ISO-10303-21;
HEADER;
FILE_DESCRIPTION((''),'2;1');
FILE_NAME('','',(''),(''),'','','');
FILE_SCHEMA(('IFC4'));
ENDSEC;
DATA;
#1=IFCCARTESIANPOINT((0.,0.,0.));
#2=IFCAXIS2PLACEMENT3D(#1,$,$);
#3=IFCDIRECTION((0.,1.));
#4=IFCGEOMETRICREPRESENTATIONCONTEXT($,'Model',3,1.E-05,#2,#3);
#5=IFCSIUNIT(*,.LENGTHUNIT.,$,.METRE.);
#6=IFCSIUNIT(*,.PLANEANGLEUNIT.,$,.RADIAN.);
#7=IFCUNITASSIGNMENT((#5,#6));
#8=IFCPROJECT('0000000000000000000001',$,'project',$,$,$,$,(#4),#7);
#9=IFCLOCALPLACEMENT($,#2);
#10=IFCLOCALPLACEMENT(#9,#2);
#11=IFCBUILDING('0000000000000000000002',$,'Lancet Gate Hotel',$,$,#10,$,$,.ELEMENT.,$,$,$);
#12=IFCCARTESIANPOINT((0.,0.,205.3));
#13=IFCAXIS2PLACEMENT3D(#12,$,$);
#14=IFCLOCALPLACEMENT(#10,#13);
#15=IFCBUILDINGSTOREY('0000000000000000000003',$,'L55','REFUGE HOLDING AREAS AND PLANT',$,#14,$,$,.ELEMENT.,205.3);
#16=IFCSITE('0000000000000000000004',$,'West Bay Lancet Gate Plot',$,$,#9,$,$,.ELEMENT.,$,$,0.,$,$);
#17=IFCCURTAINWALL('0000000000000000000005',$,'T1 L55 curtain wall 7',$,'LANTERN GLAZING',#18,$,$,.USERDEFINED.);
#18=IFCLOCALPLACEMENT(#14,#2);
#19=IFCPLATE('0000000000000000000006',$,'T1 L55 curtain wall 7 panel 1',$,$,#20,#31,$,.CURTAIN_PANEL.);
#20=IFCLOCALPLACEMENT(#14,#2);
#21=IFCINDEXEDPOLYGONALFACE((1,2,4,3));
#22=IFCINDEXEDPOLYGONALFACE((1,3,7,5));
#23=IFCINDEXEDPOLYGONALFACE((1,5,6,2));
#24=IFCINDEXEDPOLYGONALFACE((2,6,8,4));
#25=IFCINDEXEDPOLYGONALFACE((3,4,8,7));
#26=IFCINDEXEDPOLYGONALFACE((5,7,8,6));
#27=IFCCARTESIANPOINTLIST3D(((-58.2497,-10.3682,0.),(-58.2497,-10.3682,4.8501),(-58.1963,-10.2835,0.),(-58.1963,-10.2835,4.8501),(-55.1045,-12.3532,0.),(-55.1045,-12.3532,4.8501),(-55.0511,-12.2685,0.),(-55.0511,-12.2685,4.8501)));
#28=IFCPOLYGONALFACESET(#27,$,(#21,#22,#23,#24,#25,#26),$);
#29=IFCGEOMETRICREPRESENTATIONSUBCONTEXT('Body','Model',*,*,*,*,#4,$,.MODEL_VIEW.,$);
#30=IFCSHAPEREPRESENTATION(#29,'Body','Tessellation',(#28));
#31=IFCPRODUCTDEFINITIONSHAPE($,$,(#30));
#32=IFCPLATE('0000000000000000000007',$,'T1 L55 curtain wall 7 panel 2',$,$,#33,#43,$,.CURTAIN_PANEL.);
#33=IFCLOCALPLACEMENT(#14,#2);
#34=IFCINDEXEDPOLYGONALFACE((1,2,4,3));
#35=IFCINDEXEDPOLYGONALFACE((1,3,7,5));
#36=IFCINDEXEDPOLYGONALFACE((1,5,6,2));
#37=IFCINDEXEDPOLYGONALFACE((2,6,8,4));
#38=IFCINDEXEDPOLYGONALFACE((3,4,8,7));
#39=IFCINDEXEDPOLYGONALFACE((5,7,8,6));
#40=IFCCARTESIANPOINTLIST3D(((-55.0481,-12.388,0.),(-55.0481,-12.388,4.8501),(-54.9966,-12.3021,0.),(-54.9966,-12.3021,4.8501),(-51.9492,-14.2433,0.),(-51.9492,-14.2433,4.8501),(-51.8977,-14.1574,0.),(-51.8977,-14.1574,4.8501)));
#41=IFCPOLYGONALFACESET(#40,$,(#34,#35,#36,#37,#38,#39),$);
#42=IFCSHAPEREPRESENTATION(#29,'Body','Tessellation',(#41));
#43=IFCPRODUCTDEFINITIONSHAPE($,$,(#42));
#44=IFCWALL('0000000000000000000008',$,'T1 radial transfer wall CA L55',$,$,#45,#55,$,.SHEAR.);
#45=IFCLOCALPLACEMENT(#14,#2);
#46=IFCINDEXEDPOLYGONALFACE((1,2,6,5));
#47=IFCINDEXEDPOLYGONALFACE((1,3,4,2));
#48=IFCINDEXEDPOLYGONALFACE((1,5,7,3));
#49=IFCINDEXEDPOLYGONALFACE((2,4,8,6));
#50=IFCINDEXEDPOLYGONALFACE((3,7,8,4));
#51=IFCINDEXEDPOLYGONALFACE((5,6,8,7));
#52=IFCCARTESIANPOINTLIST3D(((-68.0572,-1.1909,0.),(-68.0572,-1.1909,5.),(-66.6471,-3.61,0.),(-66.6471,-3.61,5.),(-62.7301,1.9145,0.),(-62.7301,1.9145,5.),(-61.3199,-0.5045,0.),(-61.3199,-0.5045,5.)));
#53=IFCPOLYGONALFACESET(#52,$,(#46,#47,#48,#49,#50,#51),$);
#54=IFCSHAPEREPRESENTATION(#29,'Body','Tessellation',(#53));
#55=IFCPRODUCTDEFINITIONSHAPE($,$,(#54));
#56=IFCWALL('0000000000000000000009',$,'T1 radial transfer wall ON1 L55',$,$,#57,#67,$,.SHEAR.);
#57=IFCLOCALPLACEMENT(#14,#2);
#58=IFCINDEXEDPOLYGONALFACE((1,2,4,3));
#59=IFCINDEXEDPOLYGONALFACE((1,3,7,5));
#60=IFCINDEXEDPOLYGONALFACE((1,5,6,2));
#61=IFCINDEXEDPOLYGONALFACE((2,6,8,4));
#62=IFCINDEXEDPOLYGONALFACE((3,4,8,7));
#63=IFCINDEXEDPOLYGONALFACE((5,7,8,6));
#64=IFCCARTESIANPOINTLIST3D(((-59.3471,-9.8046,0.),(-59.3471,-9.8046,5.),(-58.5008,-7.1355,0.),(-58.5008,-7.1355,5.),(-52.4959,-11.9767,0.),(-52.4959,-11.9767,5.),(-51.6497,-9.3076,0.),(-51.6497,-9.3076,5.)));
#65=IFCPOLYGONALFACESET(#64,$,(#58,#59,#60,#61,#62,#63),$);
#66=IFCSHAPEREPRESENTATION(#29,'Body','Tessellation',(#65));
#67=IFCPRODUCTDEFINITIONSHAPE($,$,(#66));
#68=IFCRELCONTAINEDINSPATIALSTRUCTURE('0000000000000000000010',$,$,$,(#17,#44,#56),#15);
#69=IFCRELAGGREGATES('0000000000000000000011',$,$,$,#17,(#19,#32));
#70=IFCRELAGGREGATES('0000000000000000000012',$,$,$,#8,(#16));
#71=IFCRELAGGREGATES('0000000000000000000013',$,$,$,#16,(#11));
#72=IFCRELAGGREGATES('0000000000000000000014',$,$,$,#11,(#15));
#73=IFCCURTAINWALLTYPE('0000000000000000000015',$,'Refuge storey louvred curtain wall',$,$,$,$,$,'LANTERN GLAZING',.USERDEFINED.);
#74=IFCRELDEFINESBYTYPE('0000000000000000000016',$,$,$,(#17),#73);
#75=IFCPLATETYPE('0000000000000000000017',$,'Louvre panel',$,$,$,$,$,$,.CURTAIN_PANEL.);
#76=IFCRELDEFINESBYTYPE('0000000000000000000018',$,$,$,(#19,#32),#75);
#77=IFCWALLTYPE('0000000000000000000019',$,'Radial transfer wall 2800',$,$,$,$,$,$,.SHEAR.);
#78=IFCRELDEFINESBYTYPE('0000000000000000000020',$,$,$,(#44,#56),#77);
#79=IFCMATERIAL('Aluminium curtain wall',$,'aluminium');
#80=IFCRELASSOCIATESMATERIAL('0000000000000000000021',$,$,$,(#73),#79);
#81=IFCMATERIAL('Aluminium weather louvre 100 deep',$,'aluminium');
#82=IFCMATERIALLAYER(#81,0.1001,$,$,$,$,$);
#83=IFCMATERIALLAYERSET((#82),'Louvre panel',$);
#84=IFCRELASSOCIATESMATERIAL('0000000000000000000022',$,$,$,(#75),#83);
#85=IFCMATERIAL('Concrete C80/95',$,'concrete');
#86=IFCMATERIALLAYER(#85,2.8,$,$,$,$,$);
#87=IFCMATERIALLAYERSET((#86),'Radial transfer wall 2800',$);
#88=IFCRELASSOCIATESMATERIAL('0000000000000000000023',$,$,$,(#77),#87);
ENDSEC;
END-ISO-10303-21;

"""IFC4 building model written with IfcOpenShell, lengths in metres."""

from ifc_helpers import new_model, si_unit, direction, frame, frame_2d, origin, origin_2d, place, context, subcontext, project, spatial, rectangle, extrude, material, layer, layer_set, type_object, element, aggregate, save


model = new_model("IFC4")

# Units and contexts
model_context = context("Model", 3, precision=1e-05, world=origin(), true_north=direction((0.0, 1.0)))
body_context = subcontext(model_context, "Body", "Model", "MODEL_VIEW")
ifc_project = project(units=[si_unit("LENGTHUNIT", "METRE"), si_unit("PLANEANGLEUNIT", "RADIAN")], contexts=[model_context])

# Site, building, storey
site_placement = place(None, origin())
site = spatial("IfcSite", under=ifc_project, at=site_placement, Name="West Bay Lancet Gate Plot", CompositionType="ELEMENT", RefElevation=0.0)
building_placement = place(site_placement, origin())
building = spatial("IfcBuilding", under=site, at=building_placement, Name="Lancet Gate Hotel", CompositionType="ELEMENT")
storey_placement = place(building_placement, frame((0.0, 0.0, 205.3)))
storey = spatial("IfcBuildingStorey", under=building, at=storey_placement, Name="L55", Description="REFUGE HOLDING AREAS AND PLANT", CompositionType="ELEMENT", Elevation=205.3)

# Curtain wall
ifc_material_1 = material(Name="Aluminium curtain wall", Category="aluminium")
curtain_wall_type = type_object("IfcCurtainWallType", Name="Refuge storey louvred curtain wall", ElementType="LANTERN GLAZING", PredefinedType="USERDEFINED", material=ifc_material_1)
curtain_wall_1_placement = place(storey_placement, origin())
curtain_wall_1 = element("IfcCurtainWall", 1, at=curtain_wall_1_placement, inside=storey, type_object=curtain_wall_type, Name="T1 L55 curtain wall 7", ObjectType="LANTERN GLAZING", PredefinedType="USERDEFINED")

# Plates
ifc_material_2 = material(Name="Aluminium weather louvre 100 deep", Category="aluminium")
ifc_layer_1 = layer(ifc_material_2, 0.1001)
ifc_layer_set_1 = layer_set([ifc_layer_1], Name="Louvre panel")
plate_type = type_object("IfcPlateType", Name="Louvre panel", PredefinedType="CURTAIN_PANEL", material=ifc_layer_set_1)
plate_1_placement = place(storey_placement, frame((-56.6504, -11.3184, 0.0), z_axis=(0.0, 0.0, 1.0), x_axis=(0.845667, -0.533711, 0.0)))
plate_1 = element("IfcPlate", 2, at=plate_1_placement, type_object=plate_type, Name="T1 L55 curtain wall 7 panel 1", PredefinedType="CURTAIN_PANEL", context=body_context, shape_type="SweptSolid", body=[
    extrude(rectangle(XDim=3.7192, YDim=0.1001, at=origin_2d()), origin(), (0.0, 0.0, 1.0), 4.8501),
])
plate_2_placement = place(storey_placement, frame((-53.4729, -13.2727, 0.0), z_axis=(0.0, 0.0, 1.0), x_axis=(0.857987, -0.513672, 0.0)))
plate_2 = element("IfcPlate", 3, at=plate_2_placement, type_object=plate_type, Name="T1 L55 curtain wall 7 panel 2", PredefinedType="CURTAIN_PANEL", context=body_context, shape_type="SweptSolid", body=[
    extrude(rectangle(XDim=3.6118, YDim=0.1001, at=origin_2d()), origin(), (0.0, 0.0, 1.0), 4.8501),
])
aggregate(curtain_wall_1, [plate_1, plate_2])

# Walls
ifc_material_3 = material(Name="Concrete C80/95", Category="concrete")
ifc_layer_2 = layer(ifc_material_3, 2.8)
ifc_layer_set_2 = layer_set([ifc_layer_2], Name="Radial transfer wall 2800")
wall_type = type_object("IfcWallType", Name="Radial transfer wall 2800", PredefinedType="SHEAR", material=ifc_layer_set_2)
wall_1_placement = place(storey_placement, frame((-67.3521, -2.4004, 0.0), z_axis=(0.0, 0.0, 1.0), x_axis=(0.863922, 0.503625, 0.0)))
element("IfcWall", 4, at=wall_1_placement, inside=storey, type_object=wall_type, Name="T1 radial transfer wall CA L55", PredefinedType="SHEAR", context=body_context, shape_type="SweptSolid", body=[
    extrude(rectangle(XDim=6.1663, YDim=2.8, at=frame_2d((3.083, 0.0))), origin(), (0.0, 0.0, 1.0), 5.0),
])
wall_2_placement = place(storey_placement, frame((-58.9241, -8.47, 0.0), z_axis=(0.0, 0.0, 1.0), x_axis=(0.953238, -0.302222, 0.0)))
element("IfcWall", 5, at=wall_2_placement, inside=storey, type_object=wall_type, Name="T1 radial transfer wall ON1 L55", PredefinedType="SHEAR", context=body_context, shape_type="SweptSolid", body=[
    extrude(rectangle(XDim=7.1873, YDim=2.8, at=frame_2d((3.5938, 0.0))), origin(), (0.0, 0.0, 1.0), 5.0),
])

save(model, "model.ifc")
